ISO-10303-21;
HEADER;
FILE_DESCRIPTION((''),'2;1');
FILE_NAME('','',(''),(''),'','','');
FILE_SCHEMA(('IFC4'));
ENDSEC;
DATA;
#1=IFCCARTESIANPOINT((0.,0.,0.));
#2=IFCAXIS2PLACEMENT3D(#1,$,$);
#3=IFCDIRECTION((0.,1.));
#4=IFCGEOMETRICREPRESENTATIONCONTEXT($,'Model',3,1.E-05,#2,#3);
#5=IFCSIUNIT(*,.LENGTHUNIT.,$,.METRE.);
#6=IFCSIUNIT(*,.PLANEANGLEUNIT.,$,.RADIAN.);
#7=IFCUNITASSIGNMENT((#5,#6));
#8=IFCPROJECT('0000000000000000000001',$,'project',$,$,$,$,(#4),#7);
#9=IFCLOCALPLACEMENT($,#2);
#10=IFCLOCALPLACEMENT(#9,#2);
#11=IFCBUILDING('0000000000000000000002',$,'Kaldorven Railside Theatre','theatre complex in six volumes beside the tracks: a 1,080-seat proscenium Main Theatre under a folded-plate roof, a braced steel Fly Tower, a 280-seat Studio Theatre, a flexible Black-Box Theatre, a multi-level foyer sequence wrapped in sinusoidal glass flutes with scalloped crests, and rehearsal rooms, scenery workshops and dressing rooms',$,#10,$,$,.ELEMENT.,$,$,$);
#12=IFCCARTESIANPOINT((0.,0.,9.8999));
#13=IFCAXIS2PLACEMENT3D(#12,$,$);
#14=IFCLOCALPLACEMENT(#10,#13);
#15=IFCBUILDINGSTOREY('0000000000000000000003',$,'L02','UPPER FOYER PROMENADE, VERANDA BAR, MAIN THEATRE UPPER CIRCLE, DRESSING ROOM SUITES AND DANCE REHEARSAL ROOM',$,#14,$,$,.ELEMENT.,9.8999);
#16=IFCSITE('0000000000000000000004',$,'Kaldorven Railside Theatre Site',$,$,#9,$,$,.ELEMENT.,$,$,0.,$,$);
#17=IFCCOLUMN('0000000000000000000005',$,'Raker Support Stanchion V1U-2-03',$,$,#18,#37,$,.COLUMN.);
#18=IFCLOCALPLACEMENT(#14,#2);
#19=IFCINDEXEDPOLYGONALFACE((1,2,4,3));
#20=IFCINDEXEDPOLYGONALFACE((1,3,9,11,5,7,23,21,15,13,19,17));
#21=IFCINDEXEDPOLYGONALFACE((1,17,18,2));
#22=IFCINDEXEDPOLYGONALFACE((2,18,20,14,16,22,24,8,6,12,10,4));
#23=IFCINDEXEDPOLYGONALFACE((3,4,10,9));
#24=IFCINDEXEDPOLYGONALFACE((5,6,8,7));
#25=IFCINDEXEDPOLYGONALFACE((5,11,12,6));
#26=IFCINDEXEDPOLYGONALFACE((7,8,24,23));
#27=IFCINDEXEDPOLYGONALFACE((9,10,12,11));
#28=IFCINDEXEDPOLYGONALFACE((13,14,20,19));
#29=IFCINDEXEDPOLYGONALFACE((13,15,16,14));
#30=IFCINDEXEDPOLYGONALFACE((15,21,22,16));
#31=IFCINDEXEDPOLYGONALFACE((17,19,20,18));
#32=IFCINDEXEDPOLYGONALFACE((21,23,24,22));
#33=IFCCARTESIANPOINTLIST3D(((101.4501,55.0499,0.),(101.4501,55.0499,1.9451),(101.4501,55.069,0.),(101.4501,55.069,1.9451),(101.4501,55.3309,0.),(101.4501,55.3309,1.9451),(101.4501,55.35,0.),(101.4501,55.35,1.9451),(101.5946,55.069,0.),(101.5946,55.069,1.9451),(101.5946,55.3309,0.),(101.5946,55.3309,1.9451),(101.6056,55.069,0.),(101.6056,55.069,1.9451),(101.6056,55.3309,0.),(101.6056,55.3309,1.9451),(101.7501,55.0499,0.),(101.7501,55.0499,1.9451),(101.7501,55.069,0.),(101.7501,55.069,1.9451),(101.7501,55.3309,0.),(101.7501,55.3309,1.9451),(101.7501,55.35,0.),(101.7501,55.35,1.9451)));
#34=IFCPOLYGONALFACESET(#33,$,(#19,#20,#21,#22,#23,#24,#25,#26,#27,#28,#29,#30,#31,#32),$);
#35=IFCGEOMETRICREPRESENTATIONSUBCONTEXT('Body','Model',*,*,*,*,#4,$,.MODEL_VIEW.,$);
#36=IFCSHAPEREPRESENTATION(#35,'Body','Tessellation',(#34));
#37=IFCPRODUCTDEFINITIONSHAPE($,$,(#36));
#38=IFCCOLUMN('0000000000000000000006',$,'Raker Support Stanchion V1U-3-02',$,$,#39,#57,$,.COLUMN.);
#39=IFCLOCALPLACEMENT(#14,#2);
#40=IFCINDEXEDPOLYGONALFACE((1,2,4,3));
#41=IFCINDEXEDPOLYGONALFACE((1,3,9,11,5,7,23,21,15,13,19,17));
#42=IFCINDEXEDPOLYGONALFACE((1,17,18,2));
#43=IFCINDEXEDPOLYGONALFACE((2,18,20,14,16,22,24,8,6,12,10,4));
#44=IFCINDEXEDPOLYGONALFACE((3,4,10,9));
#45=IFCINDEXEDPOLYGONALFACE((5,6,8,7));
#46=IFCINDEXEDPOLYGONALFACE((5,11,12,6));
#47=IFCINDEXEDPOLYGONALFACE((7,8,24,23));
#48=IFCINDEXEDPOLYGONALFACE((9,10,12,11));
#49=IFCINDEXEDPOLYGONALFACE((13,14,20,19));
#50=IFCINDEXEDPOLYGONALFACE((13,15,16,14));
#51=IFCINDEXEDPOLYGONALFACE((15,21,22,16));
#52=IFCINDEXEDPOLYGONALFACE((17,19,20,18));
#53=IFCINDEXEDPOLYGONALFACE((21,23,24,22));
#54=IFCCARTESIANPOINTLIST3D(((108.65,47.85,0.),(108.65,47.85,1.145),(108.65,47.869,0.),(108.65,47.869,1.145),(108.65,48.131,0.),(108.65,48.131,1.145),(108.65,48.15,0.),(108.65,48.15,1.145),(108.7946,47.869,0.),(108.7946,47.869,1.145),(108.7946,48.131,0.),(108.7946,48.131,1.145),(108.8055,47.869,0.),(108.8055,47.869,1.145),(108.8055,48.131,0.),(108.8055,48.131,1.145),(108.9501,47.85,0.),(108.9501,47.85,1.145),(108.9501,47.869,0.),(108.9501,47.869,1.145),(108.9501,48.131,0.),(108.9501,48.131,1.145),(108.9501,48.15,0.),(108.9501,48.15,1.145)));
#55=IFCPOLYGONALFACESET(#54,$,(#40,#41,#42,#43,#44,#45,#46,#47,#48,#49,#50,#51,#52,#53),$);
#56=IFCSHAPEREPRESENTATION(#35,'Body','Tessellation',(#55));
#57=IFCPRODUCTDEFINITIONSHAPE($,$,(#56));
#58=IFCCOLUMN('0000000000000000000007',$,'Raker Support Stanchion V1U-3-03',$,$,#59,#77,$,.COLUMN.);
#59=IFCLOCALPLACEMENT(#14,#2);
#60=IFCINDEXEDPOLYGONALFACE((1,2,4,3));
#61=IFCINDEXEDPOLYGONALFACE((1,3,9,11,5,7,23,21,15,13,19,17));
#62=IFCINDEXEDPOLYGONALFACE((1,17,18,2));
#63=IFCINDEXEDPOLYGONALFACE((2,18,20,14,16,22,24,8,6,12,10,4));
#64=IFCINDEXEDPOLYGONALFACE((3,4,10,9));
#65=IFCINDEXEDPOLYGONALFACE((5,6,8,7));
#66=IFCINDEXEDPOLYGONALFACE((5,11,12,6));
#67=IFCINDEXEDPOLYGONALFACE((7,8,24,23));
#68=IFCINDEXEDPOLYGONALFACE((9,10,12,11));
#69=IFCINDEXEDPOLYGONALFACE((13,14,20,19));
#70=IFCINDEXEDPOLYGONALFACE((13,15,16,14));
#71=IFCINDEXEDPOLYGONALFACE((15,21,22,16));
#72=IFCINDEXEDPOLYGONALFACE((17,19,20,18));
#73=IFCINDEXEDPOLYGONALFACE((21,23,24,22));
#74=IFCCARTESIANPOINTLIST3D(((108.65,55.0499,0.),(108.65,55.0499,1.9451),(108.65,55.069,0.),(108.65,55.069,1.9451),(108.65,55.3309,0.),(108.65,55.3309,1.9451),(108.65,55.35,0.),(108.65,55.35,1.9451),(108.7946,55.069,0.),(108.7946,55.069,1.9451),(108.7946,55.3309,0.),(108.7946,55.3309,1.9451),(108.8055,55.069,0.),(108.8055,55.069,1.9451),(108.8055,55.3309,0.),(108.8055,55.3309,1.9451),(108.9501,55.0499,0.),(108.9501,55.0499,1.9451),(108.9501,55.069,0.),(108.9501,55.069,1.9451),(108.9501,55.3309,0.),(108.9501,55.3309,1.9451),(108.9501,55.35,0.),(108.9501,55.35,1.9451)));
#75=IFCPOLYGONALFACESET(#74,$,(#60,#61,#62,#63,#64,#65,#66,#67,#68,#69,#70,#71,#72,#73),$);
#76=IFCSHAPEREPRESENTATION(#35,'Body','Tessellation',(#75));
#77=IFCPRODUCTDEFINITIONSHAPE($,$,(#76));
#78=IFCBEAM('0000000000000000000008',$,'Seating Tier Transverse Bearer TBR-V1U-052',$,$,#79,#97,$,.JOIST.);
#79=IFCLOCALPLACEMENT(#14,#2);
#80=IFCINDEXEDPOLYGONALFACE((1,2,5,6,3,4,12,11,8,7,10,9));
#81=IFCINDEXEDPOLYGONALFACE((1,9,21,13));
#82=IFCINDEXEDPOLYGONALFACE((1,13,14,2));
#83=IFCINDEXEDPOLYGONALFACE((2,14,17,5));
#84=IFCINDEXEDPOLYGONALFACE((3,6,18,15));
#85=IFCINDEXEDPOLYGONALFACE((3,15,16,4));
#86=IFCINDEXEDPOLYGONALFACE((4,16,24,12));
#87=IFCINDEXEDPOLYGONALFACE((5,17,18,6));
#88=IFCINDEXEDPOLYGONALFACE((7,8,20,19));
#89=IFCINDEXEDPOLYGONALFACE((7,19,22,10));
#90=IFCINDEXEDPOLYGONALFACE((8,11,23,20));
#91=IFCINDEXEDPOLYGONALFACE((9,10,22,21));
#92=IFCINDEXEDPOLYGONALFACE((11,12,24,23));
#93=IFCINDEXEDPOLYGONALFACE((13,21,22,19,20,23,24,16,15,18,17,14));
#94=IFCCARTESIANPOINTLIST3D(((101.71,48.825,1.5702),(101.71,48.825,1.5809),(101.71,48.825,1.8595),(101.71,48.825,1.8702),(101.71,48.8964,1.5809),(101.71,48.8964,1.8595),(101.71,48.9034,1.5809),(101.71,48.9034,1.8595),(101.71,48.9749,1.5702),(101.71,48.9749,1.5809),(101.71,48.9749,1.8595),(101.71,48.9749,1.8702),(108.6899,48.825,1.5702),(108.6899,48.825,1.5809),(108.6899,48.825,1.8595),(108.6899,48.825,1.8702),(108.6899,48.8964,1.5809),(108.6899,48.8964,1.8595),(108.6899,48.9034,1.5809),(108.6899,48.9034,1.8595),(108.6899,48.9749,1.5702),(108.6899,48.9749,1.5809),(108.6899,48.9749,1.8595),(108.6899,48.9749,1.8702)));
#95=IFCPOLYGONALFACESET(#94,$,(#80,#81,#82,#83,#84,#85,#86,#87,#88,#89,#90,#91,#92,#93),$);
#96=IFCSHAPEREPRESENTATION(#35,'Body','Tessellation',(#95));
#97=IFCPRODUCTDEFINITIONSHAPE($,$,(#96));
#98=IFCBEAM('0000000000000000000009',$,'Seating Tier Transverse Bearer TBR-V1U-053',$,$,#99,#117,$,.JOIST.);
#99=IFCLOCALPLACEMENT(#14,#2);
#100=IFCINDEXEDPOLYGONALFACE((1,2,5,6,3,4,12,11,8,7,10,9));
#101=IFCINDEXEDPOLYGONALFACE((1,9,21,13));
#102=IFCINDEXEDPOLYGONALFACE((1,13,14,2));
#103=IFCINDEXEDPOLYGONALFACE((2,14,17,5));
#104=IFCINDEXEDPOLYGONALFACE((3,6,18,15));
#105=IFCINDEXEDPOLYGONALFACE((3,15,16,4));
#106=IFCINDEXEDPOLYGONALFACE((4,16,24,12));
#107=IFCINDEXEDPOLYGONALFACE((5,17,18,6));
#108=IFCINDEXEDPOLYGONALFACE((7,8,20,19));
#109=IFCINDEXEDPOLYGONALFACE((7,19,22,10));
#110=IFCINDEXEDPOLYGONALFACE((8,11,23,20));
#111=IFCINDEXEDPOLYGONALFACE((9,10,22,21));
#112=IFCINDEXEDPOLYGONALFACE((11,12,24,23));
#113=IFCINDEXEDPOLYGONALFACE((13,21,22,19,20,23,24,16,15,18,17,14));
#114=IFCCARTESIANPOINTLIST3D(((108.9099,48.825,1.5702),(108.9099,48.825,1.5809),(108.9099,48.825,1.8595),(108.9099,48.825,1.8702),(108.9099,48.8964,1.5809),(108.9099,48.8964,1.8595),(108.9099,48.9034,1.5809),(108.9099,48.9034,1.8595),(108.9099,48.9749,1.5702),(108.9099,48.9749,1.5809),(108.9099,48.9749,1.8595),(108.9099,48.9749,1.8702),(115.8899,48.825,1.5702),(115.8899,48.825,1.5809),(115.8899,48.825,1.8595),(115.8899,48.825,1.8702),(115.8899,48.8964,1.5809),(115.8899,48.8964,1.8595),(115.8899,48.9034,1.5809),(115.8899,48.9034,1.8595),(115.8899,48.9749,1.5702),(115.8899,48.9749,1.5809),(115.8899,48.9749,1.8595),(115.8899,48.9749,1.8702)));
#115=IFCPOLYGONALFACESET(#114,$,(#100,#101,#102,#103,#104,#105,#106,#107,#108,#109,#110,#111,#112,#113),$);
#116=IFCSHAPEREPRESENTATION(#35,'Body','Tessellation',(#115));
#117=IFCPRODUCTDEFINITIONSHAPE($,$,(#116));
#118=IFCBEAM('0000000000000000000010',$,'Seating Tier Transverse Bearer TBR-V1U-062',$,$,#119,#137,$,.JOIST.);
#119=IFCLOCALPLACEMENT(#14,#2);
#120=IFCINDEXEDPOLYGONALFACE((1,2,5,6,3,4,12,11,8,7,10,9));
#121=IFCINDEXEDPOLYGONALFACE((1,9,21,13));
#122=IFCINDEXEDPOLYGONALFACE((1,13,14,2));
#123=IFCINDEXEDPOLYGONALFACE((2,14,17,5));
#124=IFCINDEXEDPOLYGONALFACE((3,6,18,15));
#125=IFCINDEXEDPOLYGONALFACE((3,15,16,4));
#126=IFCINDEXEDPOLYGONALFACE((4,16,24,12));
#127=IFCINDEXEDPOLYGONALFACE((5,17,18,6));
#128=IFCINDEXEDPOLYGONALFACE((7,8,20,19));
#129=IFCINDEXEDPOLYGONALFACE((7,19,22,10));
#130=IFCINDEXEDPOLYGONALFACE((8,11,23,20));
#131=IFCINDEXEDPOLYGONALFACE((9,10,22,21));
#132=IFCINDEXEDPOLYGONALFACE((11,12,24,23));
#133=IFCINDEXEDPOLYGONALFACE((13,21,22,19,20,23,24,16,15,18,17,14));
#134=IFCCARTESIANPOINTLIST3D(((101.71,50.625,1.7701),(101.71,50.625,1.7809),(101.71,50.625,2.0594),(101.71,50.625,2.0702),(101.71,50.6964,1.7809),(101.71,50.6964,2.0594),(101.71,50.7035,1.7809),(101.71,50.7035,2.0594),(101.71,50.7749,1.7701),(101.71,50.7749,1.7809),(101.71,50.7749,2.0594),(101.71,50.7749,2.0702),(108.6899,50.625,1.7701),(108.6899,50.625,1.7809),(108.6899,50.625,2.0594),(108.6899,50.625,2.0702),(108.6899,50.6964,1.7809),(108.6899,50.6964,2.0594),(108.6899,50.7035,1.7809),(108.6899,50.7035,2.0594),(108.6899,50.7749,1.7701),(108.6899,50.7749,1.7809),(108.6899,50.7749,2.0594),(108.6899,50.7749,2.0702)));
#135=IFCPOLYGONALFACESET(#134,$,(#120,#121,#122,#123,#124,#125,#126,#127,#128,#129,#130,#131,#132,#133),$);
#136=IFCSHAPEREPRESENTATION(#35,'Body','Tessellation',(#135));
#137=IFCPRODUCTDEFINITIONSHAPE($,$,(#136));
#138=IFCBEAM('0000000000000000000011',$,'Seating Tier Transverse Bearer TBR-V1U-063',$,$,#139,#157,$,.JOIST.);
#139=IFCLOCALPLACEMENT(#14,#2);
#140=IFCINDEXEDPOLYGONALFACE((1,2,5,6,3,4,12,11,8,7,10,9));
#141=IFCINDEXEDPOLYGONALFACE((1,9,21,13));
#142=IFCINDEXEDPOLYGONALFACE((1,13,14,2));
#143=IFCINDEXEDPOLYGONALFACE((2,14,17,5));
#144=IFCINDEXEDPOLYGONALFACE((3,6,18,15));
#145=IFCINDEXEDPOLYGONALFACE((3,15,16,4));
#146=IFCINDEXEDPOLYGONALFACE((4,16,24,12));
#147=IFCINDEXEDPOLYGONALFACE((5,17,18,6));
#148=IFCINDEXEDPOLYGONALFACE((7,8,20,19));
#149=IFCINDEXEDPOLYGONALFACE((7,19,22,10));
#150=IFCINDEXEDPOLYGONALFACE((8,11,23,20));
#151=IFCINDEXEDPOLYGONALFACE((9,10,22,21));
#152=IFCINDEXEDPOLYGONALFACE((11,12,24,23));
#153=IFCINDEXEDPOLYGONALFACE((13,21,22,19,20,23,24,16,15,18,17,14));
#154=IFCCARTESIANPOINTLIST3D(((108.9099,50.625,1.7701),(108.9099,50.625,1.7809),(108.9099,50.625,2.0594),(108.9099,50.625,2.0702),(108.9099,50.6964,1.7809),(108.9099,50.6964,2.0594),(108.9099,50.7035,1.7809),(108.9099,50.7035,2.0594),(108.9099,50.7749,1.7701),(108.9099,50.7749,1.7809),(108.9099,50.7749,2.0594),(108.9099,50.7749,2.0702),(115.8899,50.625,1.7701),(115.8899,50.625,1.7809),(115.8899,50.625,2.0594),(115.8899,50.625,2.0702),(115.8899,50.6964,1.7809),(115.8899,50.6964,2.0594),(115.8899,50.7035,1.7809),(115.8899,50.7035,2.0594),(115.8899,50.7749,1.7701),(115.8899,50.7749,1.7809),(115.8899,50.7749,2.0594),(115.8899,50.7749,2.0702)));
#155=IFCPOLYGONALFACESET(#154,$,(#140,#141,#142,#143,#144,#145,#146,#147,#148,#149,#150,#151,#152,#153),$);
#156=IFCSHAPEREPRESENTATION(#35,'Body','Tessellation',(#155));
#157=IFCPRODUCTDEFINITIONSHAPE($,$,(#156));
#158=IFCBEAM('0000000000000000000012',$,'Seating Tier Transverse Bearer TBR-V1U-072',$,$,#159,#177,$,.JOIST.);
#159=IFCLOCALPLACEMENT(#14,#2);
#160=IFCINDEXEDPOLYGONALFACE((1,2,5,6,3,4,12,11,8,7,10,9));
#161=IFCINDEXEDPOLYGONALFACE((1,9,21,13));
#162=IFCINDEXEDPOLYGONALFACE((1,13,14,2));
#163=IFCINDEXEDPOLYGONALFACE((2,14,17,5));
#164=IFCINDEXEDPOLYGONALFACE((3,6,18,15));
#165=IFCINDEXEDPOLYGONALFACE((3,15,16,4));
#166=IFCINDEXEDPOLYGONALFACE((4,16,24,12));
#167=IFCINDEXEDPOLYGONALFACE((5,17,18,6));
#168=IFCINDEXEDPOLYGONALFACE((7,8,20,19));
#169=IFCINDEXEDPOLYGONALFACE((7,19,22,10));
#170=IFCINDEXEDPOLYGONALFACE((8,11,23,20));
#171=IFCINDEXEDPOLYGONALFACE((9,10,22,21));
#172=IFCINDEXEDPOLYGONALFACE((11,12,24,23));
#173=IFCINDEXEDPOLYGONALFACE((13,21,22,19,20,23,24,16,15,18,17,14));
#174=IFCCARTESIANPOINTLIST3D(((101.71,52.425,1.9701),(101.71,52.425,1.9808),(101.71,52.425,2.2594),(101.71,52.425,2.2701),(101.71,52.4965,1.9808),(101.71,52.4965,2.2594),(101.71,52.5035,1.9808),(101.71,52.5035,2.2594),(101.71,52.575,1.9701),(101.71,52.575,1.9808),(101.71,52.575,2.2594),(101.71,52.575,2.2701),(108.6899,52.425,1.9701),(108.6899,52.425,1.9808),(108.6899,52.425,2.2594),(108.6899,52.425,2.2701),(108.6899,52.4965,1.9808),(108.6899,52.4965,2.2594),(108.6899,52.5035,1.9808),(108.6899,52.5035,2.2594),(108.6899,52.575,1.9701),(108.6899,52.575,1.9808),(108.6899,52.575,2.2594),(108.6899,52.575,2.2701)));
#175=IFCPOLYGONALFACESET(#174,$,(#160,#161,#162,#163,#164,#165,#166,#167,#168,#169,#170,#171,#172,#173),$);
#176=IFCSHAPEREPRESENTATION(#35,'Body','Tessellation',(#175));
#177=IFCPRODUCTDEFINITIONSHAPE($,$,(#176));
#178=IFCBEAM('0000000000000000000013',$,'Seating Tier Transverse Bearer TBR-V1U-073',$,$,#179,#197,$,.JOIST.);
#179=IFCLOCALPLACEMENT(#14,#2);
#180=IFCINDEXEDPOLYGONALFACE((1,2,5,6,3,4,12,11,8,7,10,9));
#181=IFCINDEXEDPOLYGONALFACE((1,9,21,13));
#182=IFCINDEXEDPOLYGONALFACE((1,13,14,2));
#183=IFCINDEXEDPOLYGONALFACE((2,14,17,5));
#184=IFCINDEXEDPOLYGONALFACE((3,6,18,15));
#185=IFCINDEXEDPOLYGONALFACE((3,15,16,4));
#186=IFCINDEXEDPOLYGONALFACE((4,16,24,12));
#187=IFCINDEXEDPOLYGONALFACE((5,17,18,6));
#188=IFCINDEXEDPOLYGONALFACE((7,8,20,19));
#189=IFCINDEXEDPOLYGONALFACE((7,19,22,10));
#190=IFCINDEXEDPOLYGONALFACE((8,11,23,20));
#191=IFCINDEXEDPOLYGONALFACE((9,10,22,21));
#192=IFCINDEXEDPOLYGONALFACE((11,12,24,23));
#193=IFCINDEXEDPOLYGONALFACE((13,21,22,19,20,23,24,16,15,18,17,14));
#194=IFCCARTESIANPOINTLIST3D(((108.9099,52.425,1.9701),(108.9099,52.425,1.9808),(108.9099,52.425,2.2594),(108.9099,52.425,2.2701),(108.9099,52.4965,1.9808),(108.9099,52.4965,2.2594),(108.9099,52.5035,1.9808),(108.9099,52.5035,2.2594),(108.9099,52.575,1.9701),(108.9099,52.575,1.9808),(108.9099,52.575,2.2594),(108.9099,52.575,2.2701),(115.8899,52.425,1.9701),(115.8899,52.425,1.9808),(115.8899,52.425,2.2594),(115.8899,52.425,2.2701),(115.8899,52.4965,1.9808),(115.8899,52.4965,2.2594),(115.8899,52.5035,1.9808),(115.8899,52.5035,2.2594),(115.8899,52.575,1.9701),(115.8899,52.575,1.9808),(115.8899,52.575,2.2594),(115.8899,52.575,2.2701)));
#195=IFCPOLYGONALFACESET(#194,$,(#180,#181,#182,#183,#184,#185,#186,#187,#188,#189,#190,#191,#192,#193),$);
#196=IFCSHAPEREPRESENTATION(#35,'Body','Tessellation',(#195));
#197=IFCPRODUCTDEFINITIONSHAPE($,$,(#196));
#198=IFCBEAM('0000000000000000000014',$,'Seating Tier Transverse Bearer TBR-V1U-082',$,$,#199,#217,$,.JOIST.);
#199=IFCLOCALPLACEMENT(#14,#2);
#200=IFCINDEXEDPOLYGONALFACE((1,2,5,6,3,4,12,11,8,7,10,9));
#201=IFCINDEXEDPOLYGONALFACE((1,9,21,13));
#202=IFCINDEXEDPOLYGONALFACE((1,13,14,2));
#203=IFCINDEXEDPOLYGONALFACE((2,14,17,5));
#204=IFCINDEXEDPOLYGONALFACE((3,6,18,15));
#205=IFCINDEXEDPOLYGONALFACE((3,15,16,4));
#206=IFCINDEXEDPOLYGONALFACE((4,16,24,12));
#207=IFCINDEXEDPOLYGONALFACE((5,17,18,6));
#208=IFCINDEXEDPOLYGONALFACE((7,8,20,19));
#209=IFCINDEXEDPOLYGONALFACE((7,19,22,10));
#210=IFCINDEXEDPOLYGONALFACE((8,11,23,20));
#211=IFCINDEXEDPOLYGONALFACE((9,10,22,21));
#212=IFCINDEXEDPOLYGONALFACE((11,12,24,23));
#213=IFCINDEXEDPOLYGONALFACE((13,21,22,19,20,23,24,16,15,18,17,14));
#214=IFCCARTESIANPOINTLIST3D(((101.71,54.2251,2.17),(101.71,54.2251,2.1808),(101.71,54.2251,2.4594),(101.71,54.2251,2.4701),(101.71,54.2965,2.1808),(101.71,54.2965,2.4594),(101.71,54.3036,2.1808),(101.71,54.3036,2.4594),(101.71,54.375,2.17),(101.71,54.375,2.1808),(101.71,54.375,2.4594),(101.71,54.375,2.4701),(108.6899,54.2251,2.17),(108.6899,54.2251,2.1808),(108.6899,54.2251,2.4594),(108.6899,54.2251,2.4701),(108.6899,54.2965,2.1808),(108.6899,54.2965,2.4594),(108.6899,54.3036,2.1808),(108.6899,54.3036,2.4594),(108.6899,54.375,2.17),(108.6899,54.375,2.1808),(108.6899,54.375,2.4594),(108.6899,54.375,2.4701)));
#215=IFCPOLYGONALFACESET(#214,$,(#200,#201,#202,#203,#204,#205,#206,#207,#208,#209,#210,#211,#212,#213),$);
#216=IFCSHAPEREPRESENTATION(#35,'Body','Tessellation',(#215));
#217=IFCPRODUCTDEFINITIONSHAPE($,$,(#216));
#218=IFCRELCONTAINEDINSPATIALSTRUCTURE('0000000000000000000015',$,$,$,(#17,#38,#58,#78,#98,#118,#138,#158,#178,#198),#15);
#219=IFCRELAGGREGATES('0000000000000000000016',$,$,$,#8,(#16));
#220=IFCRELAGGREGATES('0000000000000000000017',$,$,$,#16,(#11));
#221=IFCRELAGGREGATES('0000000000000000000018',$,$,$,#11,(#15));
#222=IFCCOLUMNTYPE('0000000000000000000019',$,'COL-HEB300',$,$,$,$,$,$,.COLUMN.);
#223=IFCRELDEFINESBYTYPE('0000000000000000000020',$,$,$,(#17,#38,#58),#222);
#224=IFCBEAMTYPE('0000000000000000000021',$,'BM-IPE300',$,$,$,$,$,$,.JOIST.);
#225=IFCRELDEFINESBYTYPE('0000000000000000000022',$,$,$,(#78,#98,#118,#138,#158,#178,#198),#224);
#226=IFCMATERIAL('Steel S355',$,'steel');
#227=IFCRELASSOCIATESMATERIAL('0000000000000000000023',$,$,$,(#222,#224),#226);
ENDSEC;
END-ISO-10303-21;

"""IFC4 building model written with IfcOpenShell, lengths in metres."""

from ifc_helpers import new_model, si_unit, direction, frame, origin, origin_2d, place, context, subcontext, project, spatial, i_section, extrude, material, material_profile, profile_set, type_object, element, save


model = new_model("IFC4")

# Units and contexts
model_context = context("Model", 3, precision=1e-05, world=origin(), true_north=direction((0.0, 1.0)))
body_context = subcontext(model_context, "Body", "Model", "MODEL_VIEW")
ifc_project = project(units=[si_unit("LENGTHUNIT", "METRE"), si_unit("PLANEANGLEUNIT", "RADIAN")], contexts=[model_context])

# Site, building, storey
site_placement = place(None, origin())
site = spatial("IfcSite", under=ifc_project, at=site_placement, Name="Kaldorven Railside Theatre Site", CompositionType="ELEMENT", RefElevation=0.0)
building_placement = place(site_placement, origin())
building = spatial("IfcBuilding", under=site, at=building_placement, Name="Kaldorven Railside Theatre", Description="theatre complex in six volumes beside the tracks: a 1,080-seat proscenium Main Theatre under a folded-plate roof, a braced steel Fly Tower, a 280-seat Studio Theatre, a flexible Black-Box Theatre, a multi-level foyer sequence wrapped in sinusoidal glass flutes with scalloped crests, and rehearsal rooms, scenery workshops and dressing rooms", CompositionType="ELEMENT")
storey_placement = place(building_placement, frame((0.0, 0.0, 9.8999)))
storey = spatial("IfcBuildingStorey", under=building, at=storey_placement, Name="L02", Description="UPPER FOYER PROMENADE, VERANDA BAR, MAIN THEATRE UPPER CIRCLE, DRESSING ROOM SUITES AND DANCE REHEARSAL ROOM", CompositionType="ELEMENT", Elevation=9.8999)

# Columns
ifc_material_1 = material(Name="Steel S355", Category="steel")
ifc_material_profile_1 = material_profile(ifc_material_1, i_section(OverallWidth=0.3, OverallDepth=0.3, WebThickness=0.011, FlangeThickness=0.019, at=origin_2d()), Name="HEB 300")
ifc_profile_set_1 = profile_set([ifc_material_profile_1], Name="Steel S355")
column_type = type_object("IfcColumnType", Name="COL-HEB300", PredefinedType="COLUMN", material=ifc_profile_set_1)
column_1_placement = place(storey_placement, frame((101.6001, 55.2, 0.0), z_axis=(0.0, 0.0, 1.0), x_axis=(1.0, 0.0, 0.0)))
element("IfcColumn", 1, at=column_1_placement, inside=storey, type_object=column_type, Name="Raker Support Stanchion V1U-2-03", PredefinedType="COLUMN", context=body_context, shape_type="SweptSolid", body=[
    extrude(i_section(OverallWidth=0.3, OverallDepth=0.3, WebThickness=0.011, FlangeThickness=0.019, at=origin_2d()), origin(), (0.0, 0.0, 1.0), 1.9451),
])
column_2_placement = place(storey_placement, frame((108.8, 48.0, 0.0), z_axis=(0.0, 0.0, 1.0), x_axis=(1.0, 0.0, 0.0)))
element("IfcColumn", 2, at=column_2_placement, inside=storey, type_object=column_type, Name="Raker Support Stanchion V1U-3-02", PredefinedType="COLUMN", context=body_context, shape_type="SweptSolid", body=[
    extrude(i_section(OverallWidth=0.3, OverallDepth=0.3, WebThickness=0.011, FlangeThickness=0.019, at=origin_2d()), origin(), (0.0, 0.0, 1.0), 1.145),
])
column_3_placement = place(storey_placement, frame((108.8, 55.2, 0.0), z_axis=(0.0, 0.0, 1.0), x_axis=(1.0, 0.0, 0.0)))
element("IfcColumn", 3, at=column_3_placement, inside=storey, type_object=column_type, Name="Raker Support Stanchion V1U-3-03", PredefinedType="COLUMN", context=body_context, shape_type="SweptSolid", body=[
    extrude(i_section(OverallWidth=0.3, OverallDepth=0.3, WebThickness=0.011, FlangeThickness=0.019, at=origin_2d()), origin(), (0.0, 0.0, 1.0), 1.9451),
])

# Beams
ifc_material_profile_2 = material_profile(ifc_material_1, i_section(OverallWidth=0.1499, OverallDepth=0.3, WebThickness=0.0071, FlangeThickness=0.0107, at=origin_2d()), Name="IPE 300")
ifc_profile_set_2 = profile_set([ifc_material_profile_2], Name="Steel S355")
beam_type_1 = type_object("IfcBeamType", Name="BM-IPE300", PredefinedType="JOIST", material=ifc_profile_set_2)
for number, where, z_axis, x_axis, name in (
    (4, (101.71, 48.8999, 1.7202), (1.0, 0.0, 0.0), (0.0, 1.0, 0.0), "Seating Tier Transverse Bearer TBR-V1U-052"),
    (5, (108.9099, 48.8999, 1.7202), (1.0, 0.0, 0.0), (0.0, 1.0, 0.0), "Seating Tier Transverse Bearer TBR-V1U-053"),
    (6, (101.71, 50.7, 1.9202), (1.0, 0.0, 0.0), (0.0, 1.0, 0.0), "Seating Tier Transverse Bearer TBR-V1U-062"),
    (7, (108.9099, 50.7, 1.9202), (1.0, 0.0, 0.0), (0.0, 1.0, 0.0), "Seating Tier Transverse Bearer TBR-V1U-063"),
    (8, (101.71, 52.5, 2.1201), (1.0, 0.0, 0.0), (0.0, 1.0, 0.0), "Seating Tier Transverse Bearer TBR-V1U-072"),
    (9, (108.9099, 52.5, 2.1201), (1.0, 0.0, 0.0), (0.0, 1.0, 0.0), "Seating Tier Transverse Bearer TBR-V1U-073"),
    (10, (101.71, 54.3, 2.3201), (1.0, 0.0, 0.0), (0.0, 1.0, 0.0), "Seating Tier Transverse Bearer TBR-V1U-082"),
):
    element("IfcBeam", number, at=place(storey_placement, frame(where, z_axis=z_axis, x_axis=x_axis)), inside=storey, type_object=beam_type_1, Name=name, PredefinedType="JOIST", context=body_context, shape_type="SweptSolid", body=[
        extrude(i_section(OverallWidth=0.1499, OverallDepth=0.3, WebThickness=0.0071, FlangeThickness=0.0107, at=origin_2d()), origin(), (0.0, 0.0, 1.0), 6.98),
    ])

save(model, "model.ifc")
